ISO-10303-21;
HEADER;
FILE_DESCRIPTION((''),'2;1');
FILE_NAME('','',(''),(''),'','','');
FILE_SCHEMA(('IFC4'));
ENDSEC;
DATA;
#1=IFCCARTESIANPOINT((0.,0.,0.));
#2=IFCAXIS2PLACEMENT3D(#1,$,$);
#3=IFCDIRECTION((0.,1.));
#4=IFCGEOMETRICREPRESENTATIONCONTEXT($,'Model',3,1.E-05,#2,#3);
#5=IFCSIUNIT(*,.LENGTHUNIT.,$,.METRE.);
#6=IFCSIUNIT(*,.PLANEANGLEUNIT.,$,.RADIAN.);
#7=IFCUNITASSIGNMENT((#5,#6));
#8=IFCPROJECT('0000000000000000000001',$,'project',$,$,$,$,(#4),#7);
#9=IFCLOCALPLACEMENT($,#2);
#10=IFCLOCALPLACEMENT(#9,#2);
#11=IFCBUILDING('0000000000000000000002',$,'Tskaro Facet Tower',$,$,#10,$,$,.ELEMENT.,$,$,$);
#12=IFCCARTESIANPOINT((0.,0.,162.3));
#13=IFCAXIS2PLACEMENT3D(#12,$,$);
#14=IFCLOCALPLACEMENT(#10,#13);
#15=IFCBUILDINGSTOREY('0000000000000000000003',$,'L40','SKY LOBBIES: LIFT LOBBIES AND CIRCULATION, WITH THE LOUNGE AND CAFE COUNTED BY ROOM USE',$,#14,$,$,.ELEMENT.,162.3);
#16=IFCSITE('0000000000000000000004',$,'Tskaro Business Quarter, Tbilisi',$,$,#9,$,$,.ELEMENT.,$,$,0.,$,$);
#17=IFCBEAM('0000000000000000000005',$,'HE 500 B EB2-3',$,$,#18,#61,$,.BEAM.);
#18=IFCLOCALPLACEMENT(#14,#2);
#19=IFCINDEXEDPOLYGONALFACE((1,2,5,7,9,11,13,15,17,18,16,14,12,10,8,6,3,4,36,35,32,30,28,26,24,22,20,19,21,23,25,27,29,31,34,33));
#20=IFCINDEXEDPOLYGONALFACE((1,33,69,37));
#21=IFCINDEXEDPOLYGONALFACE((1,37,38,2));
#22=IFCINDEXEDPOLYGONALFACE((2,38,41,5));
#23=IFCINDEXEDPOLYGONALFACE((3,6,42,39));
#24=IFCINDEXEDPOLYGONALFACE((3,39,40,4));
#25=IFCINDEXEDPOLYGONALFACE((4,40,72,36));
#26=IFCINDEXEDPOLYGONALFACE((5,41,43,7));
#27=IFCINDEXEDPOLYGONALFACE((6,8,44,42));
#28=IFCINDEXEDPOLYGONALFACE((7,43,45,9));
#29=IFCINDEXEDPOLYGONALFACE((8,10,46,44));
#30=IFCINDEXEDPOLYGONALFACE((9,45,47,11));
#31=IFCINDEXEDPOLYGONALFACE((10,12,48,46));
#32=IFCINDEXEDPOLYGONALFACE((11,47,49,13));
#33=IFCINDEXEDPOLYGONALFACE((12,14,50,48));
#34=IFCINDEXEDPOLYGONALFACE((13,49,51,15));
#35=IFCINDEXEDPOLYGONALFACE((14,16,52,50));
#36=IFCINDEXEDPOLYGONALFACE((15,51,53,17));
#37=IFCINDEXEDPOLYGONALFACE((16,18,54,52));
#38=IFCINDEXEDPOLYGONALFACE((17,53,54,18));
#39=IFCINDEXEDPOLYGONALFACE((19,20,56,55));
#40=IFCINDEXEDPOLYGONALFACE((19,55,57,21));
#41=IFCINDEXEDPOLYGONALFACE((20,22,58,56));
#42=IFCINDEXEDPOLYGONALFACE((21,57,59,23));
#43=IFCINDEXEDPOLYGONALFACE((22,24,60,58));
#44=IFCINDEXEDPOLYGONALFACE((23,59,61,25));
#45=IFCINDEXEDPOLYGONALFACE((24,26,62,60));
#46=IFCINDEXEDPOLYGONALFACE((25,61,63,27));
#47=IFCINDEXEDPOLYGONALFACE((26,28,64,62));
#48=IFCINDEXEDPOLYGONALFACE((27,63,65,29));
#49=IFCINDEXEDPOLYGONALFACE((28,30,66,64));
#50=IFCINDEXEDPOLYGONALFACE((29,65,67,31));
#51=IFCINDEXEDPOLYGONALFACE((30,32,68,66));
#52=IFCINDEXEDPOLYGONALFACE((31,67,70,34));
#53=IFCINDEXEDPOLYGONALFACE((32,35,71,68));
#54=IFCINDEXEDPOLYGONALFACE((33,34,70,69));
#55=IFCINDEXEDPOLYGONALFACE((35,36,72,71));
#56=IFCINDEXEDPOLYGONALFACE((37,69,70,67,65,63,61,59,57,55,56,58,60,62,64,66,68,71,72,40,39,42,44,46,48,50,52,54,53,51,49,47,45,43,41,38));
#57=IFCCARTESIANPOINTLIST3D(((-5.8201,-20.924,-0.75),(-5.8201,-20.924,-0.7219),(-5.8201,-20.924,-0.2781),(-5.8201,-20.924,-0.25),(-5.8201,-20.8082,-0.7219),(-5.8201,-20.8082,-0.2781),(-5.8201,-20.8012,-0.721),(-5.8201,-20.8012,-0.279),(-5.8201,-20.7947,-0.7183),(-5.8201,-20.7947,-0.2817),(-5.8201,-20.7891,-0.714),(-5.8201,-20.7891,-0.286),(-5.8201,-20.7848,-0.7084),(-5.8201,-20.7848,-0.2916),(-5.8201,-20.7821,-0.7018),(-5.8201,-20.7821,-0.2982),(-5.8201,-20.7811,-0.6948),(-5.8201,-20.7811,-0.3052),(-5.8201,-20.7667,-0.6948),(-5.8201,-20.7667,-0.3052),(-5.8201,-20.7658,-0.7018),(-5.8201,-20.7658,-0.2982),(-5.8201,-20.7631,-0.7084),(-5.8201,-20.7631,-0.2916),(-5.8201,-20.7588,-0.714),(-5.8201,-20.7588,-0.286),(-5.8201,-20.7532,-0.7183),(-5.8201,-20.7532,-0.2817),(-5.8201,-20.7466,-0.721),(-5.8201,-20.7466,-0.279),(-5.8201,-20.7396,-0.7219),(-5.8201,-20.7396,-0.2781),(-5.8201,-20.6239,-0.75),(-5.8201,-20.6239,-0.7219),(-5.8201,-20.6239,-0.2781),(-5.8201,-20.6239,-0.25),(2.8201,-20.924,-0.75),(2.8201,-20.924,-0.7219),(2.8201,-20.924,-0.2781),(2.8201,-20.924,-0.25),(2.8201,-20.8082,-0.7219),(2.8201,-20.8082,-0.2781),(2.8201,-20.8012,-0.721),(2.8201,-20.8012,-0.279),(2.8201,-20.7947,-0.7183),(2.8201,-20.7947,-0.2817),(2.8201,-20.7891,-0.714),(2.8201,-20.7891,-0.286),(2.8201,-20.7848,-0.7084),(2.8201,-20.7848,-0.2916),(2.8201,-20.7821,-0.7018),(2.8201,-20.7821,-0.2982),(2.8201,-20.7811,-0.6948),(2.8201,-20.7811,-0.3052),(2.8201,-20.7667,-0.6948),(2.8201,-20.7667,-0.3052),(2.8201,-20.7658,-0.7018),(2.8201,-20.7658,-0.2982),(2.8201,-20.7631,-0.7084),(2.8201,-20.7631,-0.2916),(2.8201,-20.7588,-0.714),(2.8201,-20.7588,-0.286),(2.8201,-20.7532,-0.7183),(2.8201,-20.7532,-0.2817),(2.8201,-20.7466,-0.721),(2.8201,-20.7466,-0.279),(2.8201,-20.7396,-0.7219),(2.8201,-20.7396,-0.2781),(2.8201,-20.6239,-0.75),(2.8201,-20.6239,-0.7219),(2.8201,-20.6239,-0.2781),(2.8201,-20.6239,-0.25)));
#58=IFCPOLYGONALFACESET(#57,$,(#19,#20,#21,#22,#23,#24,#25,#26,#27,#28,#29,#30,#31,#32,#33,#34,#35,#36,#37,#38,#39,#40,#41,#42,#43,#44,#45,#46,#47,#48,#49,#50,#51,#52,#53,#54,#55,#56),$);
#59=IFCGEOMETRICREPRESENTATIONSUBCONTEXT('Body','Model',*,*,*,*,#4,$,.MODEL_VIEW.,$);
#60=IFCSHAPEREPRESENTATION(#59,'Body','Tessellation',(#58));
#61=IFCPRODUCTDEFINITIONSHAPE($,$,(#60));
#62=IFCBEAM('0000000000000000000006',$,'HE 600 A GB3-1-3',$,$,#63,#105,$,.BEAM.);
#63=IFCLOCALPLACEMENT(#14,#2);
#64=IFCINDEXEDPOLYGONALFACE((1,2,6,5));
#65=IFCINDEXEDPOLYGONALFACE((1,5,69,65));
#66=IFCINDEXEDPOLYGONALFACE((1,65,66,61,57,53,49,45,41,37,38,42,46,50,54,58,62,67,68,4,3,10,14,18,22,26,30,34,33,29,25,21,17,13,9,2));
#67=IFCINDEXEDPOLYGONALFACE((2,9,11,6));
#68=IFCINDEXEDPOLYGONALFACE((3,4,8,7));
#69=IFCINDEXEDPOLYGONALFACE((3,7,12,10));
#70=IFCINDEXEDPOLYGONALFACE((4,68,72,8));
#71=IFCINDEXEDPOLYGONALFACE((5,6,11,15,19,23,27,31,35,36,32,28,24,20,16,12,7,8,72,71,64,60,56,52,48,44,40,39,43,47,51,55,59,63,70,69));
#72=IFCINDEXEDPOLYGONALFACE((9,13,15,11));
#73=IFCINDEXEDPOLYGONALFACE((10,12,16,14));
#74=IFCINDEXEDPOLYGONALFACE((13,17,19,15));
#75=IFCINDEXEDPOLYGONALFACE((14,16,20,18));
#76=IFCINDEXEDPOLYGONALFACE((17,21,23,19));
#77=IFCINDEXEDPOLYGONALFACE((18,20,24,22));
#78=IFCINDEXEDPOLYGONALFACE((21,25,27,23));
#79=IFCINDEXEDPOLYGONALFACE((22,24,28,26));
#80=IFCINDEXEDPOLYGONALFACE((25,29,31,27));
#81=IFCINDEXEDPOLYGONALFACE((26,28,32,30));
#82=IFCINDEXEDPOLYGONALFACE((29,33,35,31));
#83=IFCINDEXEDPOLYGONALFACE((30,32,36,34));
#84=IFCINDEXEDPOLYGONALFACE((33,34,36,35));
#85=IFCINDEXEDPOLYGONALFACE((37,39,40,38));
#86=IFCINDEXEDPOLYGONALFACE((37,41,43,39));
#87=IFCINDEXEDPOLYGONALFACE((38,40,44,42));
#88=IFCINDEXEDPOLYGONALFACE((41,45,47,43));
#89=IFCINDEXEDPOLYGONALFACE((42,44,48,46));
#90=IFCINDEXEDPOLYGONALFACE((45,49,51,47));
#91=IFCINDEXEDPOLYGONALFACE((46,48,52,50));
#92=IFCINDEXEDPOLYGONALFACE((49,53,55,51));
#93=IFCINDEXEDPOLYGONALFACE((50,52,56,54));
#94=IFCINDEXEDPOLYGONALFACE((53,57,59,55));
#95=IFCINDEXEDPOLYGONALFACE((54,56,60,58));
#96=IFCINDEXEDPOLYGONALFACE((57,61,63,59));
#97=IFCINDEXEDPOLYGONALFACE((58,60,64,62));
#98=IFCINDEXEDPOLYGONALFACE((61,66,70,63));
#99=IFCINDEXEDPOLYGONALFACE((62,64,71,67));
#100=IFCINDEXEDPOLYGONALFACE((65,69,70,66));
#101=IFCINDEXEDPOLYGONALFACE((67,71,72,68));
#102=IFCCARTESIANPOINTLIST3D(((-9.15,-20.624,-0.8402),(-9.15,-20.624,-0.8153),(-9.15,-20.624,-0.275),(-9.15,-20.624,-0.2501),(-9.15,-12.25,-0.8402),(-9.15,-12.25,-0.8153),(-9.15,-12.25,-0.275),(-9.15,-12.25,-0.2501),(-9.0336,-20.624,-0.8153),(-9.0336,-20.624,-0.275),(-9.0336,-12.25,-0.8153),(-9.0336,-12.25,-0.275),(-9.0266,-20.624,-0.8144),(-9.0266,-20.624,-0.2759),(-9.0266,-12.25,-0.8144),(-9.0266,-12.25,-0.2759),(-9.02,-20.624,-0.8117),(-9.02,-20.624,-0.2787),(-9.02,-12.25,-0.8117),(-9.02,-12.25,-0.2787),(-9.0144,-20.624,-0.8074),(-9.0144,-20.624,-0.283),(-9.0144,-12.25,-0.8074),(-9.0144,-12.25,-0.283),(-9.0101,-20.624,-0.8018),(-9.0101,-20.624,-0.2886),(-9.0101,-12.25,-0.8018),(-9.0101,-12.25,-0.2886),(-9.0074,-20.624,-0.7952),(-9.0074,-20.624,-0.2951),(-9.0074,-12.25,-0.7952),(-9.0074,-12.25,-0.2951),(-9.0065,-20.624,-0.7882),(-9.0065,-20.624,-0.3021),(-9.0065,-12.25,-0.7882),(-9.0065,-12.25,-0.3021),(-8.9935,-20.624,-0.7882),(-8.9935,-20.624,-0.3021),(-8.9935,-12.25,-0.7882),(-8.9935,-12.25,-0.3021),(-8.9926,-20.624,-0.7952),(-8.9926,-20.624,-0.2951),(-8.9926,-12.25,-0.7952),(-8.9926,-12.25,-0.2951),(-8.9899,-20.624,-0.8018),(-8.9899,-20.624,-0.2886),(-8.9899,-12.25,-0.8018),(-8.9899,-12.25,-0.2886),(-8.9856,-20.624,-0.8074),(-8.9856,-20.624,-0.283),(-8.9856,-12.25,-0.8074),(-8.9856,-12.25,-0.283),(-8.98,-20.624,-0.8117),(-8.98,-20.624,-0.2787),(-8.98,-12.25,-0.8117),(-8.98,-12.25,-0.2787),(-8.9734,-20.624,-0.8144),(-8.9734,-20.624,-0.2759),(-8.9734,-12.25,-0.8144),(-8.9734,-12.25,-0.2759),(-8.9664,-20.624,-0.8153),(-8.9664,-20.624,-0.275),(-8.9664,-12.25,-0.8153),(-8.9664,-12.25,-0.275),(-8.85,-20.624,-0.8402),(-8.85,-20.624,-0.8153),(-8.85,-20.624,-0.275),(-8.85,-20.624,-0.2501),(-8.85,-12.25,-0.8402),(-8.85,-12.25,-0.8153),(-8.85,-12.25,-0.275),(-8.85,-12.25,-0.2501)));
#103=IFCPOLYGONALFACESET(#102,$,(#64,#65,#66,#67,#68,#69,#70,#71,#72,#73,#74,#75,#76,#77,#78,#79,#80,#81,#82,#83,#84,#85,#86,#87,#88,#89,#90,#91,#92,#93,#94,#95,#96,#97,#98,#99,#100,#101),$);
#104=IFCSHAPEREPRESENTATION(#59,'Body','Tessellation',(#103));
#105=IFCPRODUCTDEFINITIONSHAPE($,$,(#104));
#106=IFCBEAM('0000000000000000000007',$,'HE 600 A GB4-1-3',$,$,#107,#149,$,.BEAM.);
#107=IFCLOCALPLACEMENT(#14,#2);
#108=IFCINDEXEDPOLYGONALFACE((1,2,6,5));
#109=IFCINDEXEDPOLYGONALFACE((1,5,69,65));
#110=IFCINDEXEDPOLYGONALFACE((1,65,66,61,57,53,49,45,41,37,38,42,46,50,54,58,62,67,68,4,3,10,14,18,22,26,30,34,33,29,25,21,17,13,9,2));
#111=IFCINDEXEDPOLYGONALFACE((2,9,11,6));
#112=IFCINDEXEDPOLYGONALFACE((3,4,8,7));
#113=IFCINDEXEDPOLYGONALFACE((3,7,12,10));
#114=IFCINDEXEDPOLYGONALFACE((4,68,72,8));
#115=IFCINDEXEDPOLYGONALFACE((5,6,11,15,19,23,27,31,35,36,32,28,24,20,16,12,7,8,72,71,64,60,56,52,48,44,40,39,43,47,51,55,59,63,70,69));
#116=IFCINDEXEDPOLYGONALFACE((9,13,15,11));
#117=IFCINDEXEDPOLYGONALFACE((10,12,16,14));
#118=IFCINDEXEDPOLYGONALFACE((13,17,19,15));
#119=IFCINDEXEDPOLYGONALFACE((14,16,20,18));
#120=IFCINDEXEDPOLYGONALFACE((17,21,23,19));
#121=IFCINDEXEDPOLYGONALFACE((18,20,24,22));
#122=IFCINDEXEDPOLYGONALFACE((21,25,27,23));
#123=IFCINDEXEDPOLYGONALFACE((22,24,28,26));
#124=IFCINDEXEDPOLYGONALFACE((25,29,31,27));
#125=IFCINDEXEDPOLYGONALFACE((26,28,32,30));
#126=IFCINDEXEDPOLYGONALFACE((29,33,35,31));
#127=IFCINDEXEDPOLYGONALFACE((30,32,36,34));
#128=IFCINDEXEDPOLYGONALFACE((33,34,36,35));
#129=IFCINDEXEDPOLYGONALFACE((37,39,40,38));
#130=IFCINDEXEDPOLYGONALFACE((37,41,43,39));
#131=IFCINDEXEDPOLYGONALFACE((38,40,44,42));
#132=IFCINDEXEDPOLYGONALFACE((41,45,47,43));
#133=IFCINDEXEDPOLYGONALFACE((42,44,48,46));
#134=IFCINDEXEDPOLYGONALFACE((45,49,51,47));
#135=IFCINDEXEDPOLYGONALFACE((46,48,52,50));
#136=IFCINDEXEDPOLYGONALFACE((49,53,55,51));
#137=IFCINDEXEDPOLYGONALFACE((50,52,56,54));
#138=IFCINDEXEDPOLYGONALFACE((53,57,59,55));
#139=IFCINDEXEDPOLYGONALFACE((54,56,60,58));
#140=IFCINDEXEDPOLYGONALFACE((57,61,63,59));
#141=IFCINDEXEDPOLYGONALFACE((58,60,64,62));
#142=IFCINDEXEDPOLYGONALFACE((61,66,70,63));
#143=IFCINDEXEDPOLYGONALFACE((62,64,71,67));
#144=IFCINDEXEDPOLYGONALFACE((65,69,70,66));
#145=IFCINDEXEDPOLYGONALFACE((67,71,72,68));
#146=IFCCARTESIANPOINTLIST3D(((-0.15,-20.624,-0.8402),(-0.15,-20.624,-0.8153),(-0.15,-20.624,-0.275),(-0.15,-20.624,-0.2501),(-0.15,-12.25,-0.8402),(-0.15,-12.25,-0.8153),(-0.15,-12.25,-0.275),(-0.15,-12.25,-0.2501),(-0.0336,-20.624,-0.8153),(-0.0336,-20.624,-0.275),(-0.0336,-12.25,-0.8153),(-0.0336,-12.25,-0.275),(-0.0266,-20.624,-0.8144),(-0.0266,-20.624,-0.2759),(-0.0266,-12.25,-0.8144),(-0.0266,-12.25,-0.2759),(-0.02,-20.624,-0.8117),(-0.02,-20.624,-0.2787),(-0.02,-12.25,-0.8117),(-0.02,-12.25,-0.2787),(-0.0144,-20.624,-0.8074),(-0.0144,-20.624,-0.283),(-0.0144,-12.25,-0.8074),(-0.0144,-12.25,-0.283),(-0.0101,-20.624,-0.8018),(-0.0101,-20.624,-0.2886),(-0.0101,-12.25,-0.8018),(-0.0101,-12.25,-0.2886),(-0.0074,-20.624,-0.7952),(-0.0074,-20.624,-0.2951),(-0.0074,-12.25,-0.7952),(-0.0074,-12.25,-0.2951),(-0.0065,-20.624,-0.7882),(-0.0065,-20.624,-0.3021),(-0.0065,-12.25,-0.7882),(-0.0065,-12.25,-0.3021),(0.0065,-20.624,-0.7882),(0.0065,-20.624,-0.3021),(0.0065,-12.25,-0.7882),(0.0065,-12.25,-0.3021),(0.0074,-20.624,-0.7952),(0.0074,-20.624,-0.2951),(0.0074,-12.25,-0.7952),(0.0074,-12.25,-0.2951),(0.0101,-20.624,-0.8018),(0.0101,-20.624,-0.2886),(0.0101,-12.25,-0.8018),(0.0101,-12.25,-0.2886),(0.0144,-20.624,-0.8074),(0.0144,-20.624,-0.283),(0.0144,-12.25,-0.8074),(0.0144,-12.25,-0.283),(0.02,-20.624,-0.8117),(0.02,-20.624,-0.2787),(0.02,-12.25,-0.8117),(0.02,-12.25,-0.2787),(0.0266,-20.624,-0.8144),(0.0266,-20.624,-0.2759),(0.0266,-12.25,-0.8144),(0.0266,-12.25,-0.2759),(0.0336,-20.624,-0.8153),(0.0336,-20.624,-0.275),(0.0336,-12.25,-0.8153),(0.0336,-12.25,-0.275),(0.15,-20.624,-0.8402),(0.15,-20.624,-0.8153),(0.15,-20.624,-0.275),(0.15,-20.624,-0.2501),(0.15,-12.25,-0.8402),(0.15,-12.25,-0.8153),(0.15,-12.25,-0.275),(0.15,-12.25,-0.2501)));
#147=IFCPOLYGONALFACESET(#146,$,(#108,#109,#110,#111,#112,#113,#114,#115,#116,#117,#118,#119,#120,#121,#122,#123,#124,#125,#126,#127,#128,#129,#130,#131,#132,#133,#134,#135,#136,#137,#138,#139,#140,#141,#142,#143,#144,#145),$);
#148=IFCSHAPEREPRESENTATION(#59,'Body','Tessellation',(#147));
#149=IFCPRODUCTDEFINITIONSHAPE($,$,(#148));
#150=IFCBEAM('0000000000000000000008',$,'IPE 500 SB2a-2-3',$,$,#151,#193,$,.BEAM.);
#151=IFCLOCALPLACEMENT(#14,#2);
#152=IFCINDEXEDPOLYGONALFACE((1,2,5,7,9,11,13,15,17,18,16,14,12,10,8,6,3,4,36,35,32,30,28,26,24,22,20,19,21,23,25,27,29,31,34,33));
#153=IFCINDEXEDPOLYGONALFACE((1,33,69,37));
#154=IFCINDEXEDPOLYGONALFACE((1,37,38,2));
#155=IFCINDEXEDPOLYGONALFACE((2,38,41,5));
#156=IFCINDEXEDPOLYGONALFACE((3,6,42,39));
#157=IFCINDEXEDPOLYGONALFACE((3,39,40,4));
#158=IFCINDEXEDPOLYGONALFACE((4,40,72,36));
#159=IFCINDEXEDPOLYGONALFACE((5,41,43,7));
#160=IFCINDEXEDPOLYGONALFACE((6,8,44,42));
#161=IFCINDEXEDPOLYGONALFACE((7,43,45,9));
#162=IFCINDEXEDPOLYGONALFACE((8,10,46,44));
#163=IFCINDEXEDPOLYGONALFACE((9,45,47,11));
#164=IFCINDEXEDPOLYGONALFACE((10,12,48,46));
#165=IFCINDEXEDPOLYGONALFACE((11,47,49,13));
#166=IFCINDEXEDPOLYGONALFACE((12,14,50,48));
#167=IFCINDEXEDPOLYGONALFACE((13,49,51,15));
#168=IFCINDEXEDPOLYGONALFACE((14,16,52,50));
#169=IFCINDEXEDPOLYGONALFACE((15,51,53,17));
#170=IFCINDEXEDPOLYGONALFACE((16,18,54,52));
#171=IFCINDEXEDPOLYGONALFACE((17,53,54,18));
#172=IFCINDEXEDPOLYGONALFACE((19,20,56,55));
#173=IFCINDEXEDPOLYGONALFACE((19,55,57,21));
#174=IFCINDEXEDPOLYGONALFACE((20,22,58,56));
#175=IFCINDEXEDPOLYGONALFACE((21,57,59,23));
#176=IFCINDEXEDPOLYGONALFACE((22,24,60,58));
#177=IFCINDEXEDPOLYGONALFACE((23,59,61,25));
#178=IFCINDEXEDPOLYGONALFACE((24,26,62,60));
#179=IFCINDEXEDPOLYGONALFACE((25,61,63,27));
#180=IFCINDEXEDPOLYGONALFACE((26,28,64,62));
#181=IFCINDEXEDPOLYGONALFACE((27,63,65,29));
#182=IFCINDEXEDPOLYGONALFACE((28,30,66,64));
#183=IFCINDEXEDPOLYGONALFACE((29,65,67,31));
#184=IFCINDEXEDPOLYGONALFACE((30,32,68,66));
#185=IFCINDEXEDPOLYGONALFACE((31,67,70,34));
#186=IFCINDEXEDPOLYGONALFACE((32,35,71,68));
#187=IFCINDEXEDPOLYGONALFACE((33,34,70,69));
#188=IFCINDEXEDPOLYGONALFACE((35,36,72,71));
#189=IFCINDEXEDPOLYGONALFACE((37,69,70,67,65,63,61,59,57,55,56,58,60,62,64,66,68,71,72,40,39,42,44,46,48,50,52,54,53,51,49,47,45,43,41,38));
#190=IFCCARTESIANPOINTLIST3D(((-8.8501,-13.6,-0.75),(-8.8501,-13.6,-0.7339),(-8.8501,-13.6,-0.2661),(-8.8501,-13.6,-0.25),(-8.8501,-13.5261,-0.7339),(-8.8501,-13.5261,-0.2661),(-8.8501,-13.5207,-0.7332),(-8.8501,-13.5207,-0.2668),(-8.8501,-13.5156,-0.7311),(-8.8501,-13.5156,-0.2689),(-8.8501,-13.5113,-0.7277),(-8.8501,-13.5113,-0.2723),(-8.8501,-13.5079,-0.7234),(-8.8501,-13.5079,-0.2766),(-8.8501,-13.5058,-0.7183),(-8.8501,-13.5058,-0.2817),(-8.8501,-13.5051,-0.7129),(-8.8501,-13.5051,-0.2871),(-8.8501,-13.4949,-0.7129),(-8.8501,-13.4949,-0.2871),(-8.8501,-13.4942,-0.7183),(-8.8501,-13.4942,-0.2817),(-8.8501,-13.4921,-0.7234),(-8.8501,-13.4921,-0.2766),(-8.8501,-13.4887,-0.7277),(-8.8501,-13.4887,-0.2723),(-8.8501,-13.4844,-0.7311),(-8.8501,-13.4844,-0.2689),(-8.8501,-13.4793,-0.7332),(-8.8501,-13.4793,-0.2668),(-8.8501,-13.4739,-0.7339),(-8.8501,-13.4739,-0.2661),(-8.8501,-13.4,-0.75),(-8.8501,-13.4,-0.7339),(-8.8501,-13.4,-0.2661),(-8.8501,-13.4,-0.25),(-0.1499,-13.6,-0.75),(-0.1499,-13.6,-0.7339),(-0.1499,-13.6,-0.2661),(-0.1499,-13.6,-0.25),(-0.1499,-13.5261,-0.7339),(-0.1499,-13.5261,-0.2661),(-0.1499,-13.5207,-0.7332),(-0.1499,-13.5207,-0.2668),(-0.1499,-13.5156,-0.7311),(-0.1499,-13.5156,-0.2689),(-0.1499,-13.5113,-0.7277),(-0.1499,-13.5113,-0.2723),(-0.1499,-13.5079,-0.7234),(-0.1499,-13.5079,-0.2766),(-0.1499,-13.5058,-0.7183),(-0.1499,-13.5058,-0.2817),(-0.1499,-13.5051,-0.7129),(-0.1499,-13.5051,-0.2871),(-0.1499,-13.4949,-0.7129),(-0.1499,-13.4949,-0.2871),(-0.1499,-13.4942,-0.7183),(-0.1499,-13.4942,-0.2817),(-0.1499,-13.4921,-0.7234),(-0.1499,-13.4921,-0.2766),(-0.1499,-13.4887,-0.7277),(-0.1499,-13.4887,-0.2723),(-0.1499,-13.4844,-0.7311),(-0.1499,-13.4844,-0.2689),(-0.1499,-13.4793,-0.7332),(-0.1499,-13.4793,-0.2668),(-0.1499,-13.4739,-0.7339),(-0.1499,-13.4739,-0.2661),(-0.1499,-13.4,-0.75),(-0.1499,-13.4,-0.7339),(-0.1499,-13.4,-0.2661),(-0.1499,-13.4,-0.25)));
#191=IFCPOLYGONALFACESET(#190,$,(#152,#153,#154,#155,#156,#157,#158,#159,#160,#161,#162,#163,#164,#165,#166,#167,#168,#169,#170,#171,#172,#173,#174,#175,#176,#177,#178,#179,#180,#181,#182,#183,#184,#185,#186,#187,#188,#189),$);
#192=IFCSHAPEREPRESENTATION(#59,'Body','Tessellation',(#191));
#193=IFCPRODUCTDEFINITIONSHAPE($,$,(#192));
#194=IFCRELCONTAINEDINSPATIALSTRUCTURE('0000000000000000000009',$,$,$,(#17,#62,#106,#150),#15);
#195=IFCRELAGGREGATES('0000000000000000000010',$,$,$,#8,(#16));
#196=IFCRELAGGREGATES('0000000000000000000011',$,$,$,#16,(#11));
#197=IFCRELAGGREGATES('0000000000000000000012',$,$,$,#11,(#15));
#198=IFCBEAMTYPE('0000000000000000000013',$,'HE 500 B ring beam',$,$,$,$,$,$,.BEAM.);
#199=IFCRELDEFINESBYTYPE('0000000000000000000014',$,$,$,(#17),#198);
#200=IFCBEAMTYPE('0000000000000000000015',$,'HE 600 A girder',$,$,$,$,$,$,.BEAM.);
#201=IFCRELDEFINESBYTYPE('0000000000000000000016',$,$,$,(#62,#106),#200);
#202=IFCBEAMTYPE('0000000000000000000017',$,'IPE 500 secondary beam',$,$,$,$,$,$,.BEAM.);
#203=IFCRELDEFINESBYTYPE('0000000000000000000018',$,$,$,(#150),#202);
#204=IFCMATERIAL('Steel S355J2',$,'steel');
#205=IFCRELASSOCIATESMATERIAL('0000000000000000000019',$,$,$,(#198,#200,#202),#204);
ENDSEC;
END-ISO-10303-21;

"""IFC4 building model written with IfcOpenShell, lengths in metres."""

from ifc_helpers import new_model, si_unit, direction, frame, origin, origin_2d, place, context, subcontext, project, spatial, i_section, extrude, material, material_profile, profile_set, type_object, element, save


model = new_model("IFC4")

# Units and contexts
model_context = context("Model", 3, precision=1e-05, world=origin(), true_north=direction((0.0, 1.0)))
body_context = subcontext(model_context, "Body", "Model", "MODEL_VIEW")
ifc_project = project(units=[si_unit("LENGTHUNIT", "METRE"), si_unit("PLANEANGLEUNIT", "RADIAN")], contexts=[model_context])

# Site, building, storey
site_placement = place(None, origin())
site = spatial("IfcSite", under=ifc_project, at=site_placement, Name="Tskaro Business Quarter, Tbilisi", CompositionType="ELEMENT", RefElevation=0.0)
building_placement = place(site_placement, origin())
building = spatial("IfcBuilding", under=site, at=building_placement, Name="Tskaro Facet Tower", CompositionType="ELEMENT")
storey_placement = place(building_placement, frame((0.0, 0.0, 162.3)))
storey = spatial("IfcBuildingStorey", under=building, at=storey_placement, Name="L40", Description="SKY LOBBIES: LIFT LOBBIES AND CIRCULATION, WITH THE LOUNGE AND CAFE COUNTED BY ROOM USE", CompositionType="ELEMENT", Elevation=162.3)

# Beams
ifc_material_1 = material(Name="Steel S355J2", Category="steel")
ifc_material_profile_1 = material_profile(ifc_material_1, i_section(OverallWidth=0.3, OverallDepth=0.5, WebThickness=0.0144, FlangeThickness=0.0281, FilletRadius=0.0271, at=origin_2d()), Name="HE 500 B")
ifc_profile_set_1 = profile_set([ifc_material_profile_1], Name="Steel S355J2")
beam_type_1 = type_object("IfcBeamType", Name="HE 500 B ring beam", PredefinedType="BEAM", material=ifc_profile_set_1)
beam_1_placement = place(storey_placement, frame((-5.8201, -20.7739, -0.5), z_axis=(1.0, 0.0, 0.0), x_axis=(0.0, 1.0, 0.0)))
element("IfcBeam", 1, at=beam_1_placement, inside=storey, type_object=beam_type_1, Name="HE 500 B EB2-3", PredefinedType="BEAM", context=body_context, shape_type="SweptSolid", body=[
    extrude(i_section(OverallWidth=0.3, OverallDepth=0.5, WebThickness=0.0144, FlangeThickness=0.0281, FilletRadius=0.0271, at=origin_2d()), origin(), (0.0, 0.0, 1.0), 8.6401),
])
ifc_material_profile_2 = material_profile(ifc_material_1, i_section(OverallWidth=0.3, OverallDepth=0.5901, WebThickness=0.0129, FlangeThickness=0.0249, FilletRadius=0.0271, at=origin_2d()), Name="HE 600 A")
ifc_profile_set_2 = profile_set([ifc_material_profile_2], Name="Steel S355J2")
beam_type_2 = type_object("IfcBeamType", Name="HE 600 A girder", PredefinedType="BEAM", material=ifc_profile_set_2)
for number, where, z_axis, x_axis, name in (
    (2, (-9.0, -20.624, -0.5452), (0.0, 1.0, 0.0), (-1.0, 0.0, 0.0), "HE 600 A GB3-1-3"),
    (3, (0.0, -20.624, -0.5452), (0.0, 1.0, 0.0), (-1.0, 0.0, 0.0), "HE 600 A GB4-1-3"),
):
    element("IfcBeam", number, at=place(storey_placement, frame(where, z_axis=z_axis, x_axis=x_axis)), inside=storey, type_object=beam_type_2, Name=name, PredefinedType="BEAM", context=body_context, shape_type="SweptSolid", body=[
        extrude(i_section(OverallWidth=0.3, OverallDepth=0.5901, WebThickness=0.0129, FlangeThickness=0.0249, FilletRadius=0.0271, at=origin_2d()), origin(), (0.0, 0.0, 1.0), 8.374),
    ])
ifc_material_profile_3 = material_profile(ifc_material_1, i_section(OverallWidth=0.2, OverallDepth=0.5, WebThickness=0.0103, FlangeThickness=0.0161, FilletRadius=0.021, at=origin_2d()), Name="IPE 500")
ifc_profile_set_3 = profile_set([ifc_material_profile_3], Name="Steel S355J2")
beam_type_3 = type_object("IfcBeamType", Name="IPE 500 secondary beam", PredefinedType="BEAM", material=ifc_profile_set_3)
beam_2_placement = place(storey_placement, frame((-8.8501, -13.5, -0.5), z_axis=(1.0, 0.0, 0.0), x_axis=(0.0, 1.0, 0.0)))
element("IfcBeam", 4, at=beam_2_placement, inside=storey, type_object=beam_type_3, Name="IPE 500 SB2a-2-3", PredefinedType="BEAM", context=body_context, shape_type="SweptSolid", body=[
    extrude(i_section(OverallWidth=0.2, OverallDepth=0.5, WebThickness=0.0103, FlangeThickness=0.0161, FilletRadius=0.021, at=origin_2d()), origin(), (0.0, 0.0, 1.0), 8.7002),
])

save(model, "model.ifc")
